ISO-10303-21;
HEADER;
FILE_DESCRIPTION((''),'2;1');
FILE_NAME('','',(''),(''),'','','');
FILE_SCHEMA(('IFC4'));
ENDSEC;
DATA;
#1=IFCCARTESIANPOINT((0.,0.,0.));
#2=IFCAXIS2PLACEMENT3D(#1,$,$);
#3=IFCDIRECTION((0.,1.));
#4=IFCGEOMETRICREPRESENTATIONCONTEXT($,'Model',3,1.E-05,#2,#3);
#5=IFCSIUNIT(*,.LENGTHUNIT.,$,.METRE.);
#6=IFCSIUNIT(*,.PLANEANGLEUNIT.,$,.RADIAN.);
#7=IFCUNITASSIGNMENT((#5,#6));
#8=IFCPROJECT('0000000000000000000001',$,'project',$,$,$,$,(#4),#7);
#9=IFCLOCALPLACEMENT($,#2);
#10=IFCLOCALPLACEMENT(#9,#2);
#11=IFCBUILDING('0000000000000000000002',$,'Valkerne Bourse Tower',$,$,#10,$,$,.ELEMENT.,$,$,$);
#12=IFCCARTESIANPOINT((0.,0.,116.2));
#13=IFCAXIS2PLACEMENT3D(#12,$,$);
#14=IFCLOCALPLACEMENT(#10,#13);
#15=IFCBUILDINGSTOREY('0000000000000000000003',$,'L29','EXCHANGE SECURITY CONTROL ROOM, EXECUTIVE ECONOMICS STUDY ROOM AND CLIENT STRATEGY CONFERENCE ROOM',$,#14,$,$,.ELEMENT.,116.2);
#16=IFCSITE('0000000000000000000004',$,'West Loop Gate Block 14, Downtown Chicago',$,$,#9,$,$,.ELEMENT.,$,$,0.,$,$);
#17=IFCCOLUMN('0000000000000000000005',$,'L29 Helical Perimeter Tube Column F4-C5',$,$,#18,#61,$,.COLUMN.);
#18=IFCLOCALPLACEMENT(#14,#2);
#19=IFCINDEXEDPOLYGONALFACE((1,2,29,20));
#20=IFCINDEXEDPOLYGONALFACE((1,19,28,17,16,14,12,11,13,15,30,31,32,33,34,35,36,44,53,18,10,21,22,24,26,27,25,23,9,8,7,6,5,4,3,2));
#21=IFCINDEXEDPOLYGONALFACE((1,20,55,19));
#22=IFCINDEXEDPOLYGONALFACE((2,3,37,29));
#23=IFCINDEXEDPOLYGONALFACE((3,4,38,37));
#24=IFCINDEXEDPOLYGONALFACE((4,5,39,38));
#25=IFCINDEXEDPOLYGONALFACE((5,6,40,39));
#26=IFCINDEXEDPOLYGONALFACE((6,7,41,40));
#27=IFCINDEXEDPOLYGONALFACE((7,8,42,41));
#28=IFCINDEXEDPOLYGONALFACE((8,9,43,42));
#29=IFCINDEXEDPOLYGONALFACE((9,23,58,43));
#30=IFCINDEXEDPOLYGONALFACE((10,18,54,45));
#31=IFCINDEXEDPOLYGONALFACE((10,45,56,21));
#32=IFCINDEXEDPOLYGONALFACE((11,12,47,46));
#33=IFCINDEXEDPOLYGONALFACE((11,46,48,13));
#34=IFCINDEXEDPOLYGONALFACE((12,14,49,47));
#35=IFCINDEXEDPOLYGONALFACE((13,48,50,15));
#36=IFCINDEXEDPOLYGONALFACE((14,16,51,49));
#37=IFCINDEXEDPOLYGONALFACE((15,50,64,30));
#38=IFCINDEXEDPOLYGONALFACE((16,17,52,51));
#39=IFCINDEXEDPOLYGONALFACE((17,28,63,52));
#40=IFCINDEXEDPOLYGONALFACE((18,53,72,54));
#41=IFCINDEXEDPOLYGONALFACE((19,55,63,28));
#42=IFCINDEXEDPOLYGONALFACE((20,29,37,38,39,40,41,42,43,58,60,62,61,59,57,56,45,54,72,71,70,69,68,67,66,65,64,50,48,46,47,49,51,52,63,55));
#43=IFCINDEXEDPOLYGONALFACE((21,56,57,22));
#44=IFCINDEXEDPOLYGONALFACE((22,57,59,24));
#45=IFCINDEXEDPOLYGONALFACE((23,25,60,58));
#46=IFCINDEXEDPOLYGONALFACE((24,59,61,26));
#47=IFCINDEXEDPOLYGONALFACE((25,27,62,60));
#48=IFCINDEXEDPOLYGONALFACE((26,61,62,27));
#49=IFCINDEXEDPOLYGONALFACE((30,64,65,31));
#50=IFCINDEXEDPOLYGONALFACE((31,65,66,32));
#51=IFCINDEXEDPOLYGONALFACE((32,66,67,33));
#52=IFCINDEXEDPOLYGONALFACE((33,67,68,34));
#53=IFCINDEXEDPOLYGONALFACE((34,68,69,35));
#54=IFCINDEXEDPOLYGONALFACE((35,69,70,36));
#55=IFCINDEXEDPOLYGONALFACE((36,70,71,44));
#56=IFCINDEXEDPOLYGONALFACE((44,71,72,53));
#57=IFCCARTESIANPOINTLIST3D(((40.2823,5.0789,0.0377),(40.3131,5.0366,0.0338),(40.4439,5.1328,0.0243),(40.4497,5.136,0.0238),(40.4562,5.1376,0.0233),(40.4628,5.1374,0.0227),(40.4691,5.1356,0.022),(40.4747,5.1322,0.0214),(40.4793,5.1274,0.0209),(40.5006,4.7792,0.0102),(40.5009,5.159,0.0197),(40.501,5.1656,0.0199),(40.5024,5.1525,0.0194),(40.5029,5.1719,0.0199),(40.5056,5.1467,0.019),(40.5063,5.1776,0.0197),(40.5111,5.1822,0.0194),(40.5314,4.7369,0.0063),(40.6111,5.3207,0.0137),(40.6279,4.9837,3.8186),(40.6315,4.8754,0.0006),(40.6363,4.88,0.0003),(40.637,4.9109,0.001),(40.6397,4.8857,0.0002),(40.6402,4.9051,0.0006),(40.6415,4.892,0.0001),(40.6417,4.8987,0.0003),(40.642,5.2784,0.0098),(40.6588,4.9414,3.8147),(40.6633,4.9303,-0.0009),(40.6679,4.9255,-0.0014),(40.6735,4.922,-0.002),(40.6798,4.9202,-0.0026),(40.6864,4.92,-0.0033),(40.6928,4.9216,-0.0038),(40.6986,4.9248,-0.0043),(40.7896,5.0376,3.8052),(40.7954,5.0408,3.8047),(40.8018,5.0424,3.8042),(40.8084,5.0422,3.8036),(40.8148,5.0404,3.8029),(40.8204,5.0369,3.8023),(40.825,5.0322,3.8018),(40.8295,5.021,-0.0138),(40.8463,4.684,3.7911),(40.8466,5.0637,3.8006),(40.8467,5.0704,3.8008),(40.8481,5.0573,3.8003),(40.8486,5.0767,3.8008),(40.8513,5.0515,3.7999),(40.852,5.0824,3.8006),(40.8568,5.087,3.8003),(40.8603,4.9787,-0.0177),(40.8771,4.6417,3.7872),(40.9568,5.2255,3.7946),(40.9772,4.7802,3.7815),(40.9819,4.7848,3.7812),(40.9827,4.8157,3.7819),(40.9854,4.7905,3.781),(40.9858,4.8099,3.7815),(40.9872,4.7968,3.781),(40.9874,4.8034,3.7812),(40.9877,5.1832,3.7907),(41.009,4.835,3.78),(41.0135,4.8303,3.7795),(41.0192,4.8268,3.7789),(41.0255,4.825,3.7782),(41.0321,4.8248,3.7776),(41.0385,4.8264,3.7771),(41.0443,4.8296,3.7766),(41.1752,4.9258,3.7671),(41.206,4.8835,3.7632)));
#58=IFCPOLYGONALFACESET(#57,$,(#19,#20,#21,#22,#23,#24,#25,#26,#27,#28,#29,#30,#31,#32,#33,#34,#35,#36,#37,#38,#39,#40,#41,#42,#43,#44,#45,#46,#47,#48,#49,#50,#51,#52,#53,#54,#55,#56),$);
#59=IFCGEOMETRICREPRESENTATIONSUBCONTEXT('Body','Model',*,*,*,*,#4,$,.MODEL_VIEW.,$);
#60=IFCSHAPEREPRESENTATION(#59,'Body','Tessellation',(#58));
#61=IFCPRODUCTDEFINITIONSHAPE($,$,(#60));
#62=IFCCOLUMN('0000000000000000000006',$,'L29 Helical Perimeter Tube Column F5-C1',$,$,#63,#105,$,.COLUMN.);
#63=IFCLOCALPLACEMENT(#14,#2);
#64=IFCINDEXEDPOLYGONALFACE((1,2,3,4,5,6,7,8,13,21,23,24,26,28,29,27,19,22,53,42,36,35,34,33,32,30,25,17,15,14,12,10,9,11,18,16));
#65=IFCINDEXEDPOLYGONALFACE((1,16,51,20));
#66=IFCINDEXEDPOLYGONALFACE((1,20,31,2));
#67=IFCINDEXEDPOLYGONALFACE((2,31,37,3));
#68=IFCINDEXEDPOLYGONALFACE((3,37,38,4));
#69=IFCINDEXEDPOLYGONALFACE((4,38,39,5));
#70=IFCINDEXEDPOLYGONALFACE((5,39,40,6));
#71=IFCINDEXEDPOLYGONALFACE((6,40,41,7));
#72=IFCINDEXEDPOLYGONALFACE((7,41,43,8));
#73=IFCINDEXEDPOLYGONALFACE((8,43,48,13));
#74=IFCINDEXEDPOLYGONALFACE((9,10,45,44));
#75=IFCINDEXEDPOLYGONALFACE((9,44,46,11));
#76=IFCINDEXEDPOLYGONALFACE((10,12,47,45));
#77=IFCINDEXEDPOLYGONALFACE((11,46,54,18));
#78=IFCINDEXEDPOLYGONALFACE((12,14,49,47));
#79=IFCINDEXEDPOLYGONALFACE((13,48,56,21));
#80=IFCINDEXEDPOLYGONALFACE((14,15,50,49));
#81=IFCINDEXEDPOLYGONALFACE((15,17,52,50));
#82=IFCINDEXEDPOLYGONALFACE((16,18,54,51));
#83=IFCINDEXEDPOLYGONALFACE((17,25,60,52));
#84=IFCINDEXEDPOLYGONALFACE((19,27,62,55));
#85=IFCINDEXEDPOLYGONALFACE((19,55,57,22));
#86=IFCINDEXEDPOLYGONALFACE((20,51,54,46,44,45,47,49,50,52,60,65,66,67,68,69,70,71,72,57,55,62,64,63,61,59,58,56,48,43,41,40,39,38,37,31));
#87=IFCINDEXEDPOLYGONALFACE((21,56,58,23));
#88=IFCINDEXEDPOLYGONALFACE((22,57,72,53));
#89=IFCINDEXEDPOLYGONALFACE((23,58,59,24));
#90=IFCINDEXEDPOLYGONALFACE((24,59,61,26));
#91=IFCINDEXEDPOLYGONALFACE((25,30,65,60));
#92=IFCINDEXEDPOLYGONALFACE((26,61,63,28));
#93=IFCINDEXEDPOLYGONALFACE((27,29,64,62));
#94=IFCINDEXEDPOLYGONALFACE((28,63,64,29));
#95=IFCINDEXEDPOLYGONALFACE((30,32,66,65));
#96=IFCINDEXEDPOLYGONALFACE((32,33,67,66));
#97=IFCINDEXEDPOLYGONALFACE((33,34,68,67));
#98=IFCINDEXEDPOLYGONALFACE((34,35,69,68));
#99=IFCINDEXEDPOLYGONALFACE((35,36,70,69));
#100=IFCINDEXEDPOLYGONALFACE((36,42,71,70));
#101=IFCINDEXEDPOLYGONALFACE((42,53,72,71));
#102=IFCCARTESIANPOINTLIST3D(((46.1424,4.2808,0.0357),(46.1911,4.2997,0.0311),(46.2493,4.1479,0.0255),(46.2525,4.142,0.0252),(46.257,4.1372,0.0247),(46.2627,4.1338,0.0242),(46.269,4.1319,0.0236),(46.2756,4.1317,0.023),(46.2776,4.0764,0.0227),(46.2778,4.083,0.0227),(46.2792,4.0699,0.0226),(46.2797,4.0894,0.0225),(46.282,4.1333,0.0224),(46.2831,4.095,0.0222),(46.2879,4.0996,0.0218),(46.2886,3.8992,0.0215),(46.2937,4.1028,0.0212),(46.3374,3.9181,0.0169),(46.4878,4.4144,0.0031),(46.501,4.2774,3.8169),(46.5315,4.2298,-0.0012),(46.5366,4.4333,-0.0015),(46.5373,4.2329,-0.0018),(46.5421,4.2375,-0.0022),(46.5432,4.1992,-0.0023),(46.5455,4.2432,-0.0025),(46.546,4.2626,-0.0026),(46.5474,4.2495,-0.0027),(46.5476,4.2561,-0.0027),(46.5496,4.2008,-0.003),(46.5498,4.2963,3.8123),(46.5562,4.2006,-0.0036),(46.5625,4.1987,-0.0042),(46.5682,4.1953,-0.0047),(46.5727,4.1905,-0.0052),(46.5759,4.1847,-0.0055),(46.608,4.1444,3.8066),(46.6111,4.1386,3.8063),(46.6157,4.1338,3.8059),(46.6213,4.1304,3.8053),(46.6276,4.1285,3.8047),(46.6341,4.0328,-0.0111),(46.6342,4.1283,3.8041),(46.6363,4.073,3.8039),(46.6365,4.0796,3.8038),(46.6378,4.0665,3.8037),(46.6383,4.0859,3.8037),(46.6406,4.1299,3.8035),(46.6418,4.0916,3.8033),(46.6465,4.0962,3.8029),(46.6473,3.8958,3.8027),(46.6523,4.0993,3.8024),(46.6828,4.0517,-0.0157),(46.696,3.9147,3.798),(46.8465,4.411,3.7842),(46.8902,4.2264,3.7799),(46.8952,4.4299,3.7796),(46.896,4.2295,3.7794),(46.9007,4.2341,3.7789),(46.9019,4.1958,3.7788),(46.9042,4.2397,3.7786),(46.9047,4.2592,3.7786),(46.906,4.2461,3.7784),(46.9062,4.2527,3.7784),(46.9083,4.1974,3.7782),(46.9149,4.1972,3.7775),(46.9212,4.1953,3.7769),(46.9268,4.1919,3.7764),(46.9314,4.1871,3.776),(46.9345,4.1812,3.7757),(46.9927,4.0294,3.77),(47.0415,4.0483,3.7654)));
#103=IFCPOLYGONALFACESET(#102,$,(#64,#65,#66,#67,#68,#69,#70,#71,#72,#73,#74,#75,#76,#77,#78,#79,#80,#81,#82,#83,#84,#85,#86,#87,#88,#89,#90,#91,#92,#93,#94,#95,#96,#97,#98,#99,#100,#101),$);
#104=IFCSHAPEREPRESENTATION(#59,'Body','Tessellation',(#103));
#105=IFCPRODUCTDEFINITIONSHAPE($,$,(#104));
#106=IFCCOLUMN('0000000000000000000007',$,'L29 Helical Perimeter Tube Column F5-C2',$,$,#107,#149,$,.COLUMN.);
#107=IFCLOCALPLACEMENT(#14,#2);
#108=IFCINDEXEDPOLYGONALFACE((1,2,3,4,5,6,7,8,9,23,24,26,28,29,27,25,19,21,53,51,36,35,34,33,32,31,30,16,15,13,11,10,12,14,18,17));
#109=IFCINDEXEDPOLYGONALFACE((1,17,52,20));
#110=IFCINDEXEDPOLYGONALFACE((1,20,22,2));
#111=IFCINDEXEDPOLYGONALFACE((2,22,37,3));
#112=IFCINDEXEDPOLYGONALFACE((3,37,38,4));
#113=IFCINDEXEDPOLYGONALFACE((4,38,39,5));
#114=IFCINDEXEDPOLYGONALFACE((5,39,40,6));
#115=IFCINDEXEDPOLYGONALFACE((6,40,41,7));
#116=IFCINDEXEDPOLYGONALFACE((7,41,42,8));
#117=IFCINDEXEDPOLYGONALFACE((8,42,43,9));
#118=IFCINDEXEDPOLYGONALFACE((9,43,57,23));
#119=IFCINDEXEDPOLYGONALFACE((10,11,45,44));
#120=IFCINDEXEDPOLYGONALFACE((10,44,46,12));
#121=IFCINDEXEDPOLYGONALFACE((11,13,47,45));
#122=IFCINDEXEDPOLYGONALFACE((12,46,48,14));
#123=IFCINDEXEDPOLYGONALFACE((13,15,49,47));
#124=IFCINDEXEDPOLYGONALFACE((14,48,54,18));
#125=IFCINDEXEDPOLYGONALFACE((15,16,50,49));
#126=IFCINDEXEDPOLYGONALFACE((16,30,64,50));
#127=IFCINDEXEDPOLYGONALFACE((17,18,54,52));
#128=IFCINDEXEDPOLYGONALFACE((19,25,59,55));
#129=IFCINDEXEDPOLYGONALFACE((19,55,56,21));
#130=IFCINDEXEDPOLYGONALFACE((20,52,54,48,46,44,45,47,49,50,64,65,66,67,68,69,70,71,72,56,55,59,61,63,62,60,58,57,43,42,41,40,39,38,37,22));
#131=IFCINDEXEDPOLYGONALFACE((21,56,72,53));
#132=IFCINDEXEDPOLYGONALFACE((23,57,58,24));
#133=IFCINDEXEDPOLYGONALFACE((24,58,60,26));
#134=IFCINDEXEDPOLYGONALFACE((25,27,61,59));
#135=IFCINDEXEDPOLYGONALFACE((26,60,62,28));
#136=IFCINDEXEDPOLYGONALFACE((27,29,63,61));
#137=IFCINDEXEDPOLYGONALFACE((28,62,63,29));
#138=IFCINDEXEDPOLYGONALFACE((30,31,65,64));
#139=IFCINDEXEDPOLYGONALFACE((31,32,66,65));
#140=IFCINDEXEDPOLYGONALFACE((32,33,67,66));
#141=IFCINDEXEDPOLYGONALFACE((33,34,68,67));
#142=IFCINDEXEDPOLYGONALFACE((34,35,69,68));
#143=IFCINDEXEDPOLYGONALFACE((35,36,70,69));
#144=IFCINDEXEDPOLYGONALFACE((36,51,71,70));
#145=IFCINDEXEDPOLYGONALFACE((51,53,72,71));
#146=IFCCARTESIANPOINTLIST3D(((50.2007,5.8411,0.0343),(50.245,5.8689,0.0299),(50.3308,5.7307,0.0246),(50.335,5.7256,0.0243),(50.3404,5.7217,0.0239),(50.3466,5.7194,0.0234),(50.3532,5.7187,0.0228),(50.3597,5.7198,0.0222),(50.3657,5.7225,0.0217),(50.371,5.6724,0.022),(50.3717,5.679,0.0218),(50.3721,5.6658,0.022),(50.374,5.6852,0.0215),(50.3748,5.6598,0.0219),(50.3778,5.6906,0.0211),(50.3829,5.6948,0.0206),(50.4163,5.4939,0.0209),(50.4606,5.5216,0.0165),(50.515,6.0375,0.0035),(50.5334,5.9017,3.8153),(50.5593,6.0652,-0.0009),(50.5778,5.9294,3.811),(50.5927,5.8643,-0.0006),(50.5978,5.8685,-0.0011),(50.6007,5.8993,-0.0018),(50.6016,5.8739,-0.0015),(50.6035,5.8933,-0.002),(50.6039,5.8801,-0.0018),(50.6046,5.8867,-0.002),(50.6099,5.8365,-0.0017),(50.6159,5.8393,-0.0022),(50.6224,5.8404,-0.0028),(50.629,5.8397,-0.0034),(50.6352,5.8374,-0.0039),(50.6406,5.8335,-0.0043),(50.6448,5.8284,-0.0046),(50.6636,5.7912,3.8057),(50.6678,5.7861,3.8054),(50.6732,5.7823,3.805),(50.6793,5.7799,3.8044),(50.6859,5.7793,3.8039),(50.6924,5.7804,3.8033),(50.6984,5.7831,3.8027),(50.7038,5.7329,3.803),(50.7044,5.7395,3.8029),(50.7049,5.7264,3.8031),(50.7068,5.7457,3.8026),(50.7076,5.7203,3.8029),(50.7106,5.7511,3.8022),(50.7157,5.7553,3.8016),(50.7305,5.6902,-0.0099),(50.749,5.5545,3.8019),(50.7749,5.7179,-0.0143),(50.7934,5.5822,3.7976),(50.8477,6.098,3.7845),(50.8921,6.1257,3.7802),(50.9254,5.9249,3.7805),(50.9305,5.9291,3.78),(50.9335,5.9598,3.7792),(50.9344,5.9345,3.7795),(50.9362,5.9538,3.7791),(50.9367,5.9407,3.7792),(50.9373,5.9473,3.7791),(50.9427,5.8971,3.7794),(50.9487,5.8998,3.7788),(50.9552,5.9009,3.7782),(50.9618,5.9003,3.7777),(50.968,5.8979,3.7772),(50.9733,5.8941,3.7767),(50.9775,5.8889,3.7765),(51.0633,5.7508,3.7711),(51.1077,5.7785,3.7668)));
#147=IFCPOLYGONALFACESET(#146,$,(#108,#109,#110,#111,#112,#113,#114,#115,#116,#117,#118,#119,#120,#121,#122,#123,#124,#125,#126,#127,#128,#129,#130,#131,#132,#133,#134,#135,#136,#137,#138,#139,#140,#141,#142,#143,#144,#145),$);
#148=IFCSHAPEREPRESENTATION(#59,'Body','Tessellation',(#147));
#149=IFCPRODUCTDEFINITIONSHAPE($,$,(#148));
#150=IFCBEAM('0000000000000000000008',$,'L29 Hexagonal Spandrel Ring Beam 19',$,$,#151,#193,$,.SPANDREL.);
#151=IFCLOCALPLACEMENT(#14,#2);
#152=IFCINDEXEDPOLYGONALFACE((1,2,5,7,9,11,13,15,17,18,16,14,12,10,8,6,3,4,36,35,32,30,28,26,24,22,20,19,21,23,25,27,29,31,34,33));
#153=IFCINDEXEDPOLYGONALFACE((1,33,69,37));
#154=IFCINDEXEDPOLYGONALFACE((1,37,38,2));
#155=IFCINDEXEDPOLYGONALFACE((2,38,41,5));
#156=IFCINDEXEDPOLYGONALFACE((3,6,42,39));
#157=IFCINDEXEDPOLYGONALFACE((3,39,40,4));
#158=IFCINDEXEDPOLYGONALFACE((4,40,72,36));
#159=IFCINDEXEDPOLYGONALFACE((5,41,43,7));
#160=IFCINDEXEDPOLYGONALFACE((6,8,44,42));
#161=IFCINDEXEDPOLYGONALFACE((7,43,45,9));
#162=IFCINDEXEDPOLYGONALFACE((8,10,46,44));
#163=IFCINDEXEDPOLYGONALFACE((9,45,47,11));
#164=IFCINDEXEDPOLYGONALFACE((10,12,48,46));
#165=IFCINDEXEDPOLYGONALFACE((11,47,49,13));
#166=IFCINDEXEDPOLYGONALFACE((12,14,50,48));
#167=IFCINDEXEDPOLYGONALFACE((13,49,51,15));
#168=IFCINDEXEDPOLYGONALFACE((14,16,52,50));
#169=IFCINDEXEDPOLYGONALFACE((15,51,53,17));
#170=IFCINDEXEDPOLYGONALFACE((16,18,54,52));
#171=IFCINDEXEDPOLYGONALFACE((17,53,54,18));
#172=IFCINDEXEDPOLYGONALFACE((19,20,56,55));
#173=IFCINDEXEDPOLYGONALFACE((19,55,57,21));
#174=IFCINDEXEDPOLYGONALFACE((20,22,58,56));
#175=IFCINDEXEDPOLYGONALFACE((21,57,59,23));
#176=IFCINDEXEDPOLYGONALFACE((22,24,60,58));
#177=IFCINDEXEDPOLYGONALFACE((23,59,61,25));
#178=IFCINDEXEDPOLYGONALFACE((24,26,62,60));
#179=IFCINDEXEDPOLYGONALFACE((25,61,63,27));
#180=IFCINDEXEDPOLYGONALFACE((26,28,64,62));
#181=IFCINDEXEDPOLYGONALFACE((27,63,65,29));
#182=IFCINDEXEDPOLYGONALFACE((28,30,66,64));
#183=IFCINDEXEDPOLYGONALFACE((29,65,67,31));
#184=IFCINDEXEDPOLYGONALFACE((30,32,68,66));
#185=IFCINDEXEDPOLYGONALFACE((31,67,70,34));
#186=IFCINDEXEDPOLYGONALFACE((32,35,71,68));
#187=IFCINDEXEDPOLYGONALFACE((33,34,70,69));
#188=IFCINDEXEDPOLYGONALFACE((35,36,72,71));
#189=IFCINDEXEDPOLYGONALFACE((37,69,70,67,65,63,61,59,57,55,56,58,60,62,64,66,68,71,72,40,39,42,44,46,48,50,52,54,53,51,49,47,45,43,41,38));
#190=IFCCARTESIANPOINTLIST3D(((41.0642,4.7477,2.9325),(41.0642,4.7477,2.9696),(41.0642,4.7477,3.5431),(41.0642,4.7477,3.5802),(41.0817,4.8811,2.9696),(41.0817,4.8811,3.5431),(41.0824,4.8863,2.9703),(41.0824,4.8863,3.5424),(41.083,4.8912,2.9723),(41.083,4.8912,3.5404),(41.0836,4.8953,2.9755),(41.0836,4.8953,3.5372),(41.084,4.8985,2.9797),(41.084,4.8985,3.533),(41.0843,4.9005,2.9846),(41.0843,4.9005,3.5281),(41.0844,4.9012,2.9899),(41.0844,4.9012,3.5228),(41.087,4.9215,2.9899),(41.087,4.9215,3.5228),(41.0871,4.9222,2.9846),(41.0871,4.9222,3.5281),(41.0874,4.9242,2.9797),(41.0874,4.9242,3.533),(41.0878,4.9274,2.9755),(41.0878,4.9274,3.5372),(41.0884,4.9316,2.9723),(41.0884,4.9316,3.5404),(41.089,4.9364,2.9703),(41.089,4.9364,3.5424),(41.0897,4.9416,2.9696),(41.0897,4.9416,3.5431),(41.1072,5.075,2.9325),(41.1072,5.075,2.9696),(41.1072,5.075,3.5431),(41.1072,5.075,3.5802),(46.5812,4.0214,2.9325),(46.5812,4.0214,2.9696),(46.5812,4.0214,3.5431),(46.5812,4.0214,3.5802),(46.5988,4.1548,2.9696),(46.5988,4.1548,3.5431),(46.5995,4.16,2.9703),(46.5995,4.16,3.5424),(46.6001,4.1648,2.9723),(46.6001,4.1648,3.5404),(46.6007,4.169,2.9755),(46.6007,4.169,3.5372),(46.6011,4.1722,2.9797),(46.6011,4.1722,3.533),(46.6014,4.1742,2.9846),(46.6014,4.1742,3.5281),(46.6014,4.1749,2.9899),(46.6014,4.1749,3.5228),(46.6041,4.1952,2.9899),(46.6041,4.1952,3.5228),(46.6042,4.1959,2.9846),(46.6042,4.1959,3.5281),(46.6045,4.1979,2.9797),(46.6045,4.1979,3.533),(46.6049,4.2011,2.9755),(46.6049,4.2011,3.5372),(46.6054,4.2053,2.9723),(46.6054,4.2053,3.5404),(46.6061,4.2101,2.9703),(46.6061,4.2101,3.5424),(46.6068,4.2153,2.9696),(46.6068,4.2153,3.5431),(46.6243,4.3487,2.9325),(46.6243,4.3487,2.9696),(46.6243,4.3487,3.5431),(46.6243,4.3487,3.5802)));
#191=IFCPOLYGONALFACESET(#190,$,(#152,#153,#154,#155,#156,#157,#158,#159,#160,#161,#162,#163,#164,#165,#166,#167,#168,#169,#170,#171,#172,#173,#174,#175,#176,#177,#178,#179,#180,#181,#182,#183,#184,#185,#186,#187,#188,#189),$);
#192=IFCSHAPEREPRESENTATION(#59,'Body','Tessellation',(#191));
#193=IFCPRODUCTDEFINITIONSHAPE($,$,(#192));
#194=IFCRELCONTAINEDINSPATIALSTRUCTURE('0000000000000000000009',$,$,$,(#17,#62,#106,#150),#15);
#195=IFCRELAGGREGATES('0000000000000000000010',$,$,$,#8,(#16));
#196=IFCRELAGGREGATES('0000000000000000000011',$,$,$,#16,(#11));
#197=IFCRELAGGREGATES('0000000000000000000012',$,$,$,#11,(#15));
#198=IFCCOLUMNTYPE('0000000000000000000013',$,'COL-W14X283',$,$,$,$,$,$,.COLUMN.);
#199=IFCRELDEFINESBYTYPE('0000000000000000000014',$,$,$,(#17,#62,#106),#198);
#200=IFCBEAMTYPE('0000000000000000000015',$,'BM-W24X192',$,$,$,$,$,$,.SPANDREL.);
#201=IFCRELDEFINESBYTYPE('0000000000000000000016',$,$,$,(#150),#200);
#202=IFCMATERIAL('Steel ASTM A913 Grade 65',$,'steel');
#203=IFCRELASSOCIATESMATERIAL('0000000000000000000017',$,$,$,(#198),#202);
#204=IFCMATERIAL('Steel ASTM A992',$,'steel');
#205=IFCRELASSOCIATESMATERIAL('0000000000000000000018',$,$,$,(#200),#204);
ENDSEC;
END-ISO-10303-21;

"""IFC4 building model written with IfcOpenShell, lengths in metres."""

from ifc_helpers import new_model, si_unit, direction, frame, origin, origin_2d, place, context, subcontext, project, spatial, i_section, extrude, material, material_profile, profile_set, type_object, element, save


model = new_model("IFC4")

# Units and contexts
model_context = context("Model", 3, precision=1e-05, world=origin(), true_north=direction((0.0, 1.0)))
body_context = subcontext(model_context, "Body", "Model", "MODEL_VIEW")
ifc_project = project(units=[si_unit("LENGTHUNIT", "METRE"), si_unit("PLANEANGLEUNIT", "RADIAN")], contexts=[model_context])

# Site, building, storey
site_placement = place(None, origin())
site = spatial("IfcSite", under=ifc_project, at=site_placement, Name="West Loop Gate Block 14, Downtown Chicago", CompositionType="ELEMENT", RefElevation=0.0)
building_placement = place(site_placement, origin())
building = spatial("IfcBuilding", under=site, at=building_placement, Name="Valkerne Bourse Tower", CompositionType="ELEMENT")
storey_placement = place(building_placement, frame((0.0, 0.0, 116.2)))
storey = spatial("IfcBuildingStorey", under=building, at=storey_placement, Name="L29", Description="EXCHANGE SECURITY CONTROL ROOM, EXECUTIVE ECONOMICS STUDY ROOM AND CLIENT STRATEGY CONFERENCE ROOM", CompositionType="ELEMENT", Elevation=116.2)

# Columns
ifc_material_1 = material(Name="Steel ASTM A913 Grade 65", Category="steel")
ifc_material_profile_1 = material_profile(ifc_material_1, i_section(OverallWidth=0.4089, OverallDepth=0.4243, WebThickness=0.0327, FlangeThickness=0.0525, FilletRadius=0.0254, at=origin_2d()), Name="W14X283")
ifc_profile_set_1 = profile_set([ifc_material_profile_1], Name="Steel ASTM A913 Grade 65")
column_type = type_object("IfcColumnType", Name="COL-W14X283", PredefinedType="COLUMN", material=ifc_profile_set_1)
column_1_placement = place(storey_placement, frame((40.5713, 5.0288, 0.01), z_axis=(0.091023, -0.02507, 0.995533), x_axis=(0.804273, 0.591359, -0.058644)))
element("IfcColumn", 1, at=column_1_placement, inside=storey, type_object=column_type, Name="L29 Helical Perimeter Tube Column F4-C5", PredefinedType="COLUMN", context=body_context, shape_type="SweptSolid", body=[
    extrude(i_section(OverallWidth=0.4089, OverallDepth=0.4243, WebThickness=0.0327, FlangeThickness=0.0525, FilletRadius=0.0254, at=origin_2d()), origin(), (0.0, 0.0, 1.0), 3.7979),
])
column_2_placement = place(storey_placement, frame((46.4126, 4.1663, 0.01), z_axis=(0.09443, -0.0009, 0.995531), x_axis=(-0.357602, 0.933227, 0.034764)))
element("IfcColumn", 2, at=column_2_placement, inside=storey, type_object=column_type, Name="L29 Helical Perimeter Tube Column F5-C1", PredefinedType="COLUMN", context=body_context, shape_type="SweptSolid", body=[
    extrude(i_section(OverallWidth=0.4089, OverallDepth=0.4243, WebThickness=0.0327, FlangeThickness=0.0525, FilletRadius=0.0254, at=origin_2d()), origin(), (0.0, 0.0, 1.0), 3.7981),
])
column_3_placement = place(storey_placement, frame((50.4878, 5.7795, 0.01), z_axis=(0.087659, 0.01595, 0.996023), x_axis=(-0.527179, 0.849121, 0.032799)))
element("IfcColumn", 3, at=column_3_placement, inside=storey, type_object=column_type, Name="L29 Helical Perimeter Tube Column F5-C2", PredefinedType="COLUMN", context=body_context, shape_type="SweptSolid", body=[
    extrude(i_section(OverallWidth=0.4089, OverallDepth=0.4243, WebThickness=0.0327, FlangeThickness=0.0525, FilletRadius=0.0254, at=origin_2d()), origin(), (0.0, 0.0, 1.0), 3.7961),
])

# Beam
ifc_material_2 = material(Name="Steel ASTM A992", Category="steel")
ifc_material_profile_2 = material_profile(ifc_material_2, i_section(OverallWidth=0.3301, OverallDepth=0.6477, WebThickness=0.0205, FlangeThickness=0.0371, FilletRadius=0.0203, at=origin_2d()), Name="W24X192")
ifc_profile_set_2 = profile_set([ifc_material_profile_2], Name="Steel ASTM A992")
beam_type_1 = type_object("IfcBeamType", Name="BM-W24X192", PredefinedType="SPANDREL", material=ifc_profile_set_2)
beam_1_placement = place(storey_placement, frame((41.0857, 4.9114, 3.2563), z_axis=(0.991445, -0.130523, 0.0), x_axis=(0.130523, 0.991445, 0.0)))
element("IfcBeam", 4, at=beam_1_placement, inside=storey, type_object=beam_type_1, Name="L29 Hexagonal Spandrel Ring Beam 19", PredefinedType="SPANDREL", context=body_context, shape_type="SweptSolid", body=[
    extrude(i_section(OverallWidth=0.3301, OverallDepth=0.6477, WebThickness=0.0205, FlangeThickness=0.0371, FilletRadius=0.0203, at=origin_2d()), origin(), (0.0, 0.0, 1.0), 5.5647),
])

save(model, "model.ifc")
